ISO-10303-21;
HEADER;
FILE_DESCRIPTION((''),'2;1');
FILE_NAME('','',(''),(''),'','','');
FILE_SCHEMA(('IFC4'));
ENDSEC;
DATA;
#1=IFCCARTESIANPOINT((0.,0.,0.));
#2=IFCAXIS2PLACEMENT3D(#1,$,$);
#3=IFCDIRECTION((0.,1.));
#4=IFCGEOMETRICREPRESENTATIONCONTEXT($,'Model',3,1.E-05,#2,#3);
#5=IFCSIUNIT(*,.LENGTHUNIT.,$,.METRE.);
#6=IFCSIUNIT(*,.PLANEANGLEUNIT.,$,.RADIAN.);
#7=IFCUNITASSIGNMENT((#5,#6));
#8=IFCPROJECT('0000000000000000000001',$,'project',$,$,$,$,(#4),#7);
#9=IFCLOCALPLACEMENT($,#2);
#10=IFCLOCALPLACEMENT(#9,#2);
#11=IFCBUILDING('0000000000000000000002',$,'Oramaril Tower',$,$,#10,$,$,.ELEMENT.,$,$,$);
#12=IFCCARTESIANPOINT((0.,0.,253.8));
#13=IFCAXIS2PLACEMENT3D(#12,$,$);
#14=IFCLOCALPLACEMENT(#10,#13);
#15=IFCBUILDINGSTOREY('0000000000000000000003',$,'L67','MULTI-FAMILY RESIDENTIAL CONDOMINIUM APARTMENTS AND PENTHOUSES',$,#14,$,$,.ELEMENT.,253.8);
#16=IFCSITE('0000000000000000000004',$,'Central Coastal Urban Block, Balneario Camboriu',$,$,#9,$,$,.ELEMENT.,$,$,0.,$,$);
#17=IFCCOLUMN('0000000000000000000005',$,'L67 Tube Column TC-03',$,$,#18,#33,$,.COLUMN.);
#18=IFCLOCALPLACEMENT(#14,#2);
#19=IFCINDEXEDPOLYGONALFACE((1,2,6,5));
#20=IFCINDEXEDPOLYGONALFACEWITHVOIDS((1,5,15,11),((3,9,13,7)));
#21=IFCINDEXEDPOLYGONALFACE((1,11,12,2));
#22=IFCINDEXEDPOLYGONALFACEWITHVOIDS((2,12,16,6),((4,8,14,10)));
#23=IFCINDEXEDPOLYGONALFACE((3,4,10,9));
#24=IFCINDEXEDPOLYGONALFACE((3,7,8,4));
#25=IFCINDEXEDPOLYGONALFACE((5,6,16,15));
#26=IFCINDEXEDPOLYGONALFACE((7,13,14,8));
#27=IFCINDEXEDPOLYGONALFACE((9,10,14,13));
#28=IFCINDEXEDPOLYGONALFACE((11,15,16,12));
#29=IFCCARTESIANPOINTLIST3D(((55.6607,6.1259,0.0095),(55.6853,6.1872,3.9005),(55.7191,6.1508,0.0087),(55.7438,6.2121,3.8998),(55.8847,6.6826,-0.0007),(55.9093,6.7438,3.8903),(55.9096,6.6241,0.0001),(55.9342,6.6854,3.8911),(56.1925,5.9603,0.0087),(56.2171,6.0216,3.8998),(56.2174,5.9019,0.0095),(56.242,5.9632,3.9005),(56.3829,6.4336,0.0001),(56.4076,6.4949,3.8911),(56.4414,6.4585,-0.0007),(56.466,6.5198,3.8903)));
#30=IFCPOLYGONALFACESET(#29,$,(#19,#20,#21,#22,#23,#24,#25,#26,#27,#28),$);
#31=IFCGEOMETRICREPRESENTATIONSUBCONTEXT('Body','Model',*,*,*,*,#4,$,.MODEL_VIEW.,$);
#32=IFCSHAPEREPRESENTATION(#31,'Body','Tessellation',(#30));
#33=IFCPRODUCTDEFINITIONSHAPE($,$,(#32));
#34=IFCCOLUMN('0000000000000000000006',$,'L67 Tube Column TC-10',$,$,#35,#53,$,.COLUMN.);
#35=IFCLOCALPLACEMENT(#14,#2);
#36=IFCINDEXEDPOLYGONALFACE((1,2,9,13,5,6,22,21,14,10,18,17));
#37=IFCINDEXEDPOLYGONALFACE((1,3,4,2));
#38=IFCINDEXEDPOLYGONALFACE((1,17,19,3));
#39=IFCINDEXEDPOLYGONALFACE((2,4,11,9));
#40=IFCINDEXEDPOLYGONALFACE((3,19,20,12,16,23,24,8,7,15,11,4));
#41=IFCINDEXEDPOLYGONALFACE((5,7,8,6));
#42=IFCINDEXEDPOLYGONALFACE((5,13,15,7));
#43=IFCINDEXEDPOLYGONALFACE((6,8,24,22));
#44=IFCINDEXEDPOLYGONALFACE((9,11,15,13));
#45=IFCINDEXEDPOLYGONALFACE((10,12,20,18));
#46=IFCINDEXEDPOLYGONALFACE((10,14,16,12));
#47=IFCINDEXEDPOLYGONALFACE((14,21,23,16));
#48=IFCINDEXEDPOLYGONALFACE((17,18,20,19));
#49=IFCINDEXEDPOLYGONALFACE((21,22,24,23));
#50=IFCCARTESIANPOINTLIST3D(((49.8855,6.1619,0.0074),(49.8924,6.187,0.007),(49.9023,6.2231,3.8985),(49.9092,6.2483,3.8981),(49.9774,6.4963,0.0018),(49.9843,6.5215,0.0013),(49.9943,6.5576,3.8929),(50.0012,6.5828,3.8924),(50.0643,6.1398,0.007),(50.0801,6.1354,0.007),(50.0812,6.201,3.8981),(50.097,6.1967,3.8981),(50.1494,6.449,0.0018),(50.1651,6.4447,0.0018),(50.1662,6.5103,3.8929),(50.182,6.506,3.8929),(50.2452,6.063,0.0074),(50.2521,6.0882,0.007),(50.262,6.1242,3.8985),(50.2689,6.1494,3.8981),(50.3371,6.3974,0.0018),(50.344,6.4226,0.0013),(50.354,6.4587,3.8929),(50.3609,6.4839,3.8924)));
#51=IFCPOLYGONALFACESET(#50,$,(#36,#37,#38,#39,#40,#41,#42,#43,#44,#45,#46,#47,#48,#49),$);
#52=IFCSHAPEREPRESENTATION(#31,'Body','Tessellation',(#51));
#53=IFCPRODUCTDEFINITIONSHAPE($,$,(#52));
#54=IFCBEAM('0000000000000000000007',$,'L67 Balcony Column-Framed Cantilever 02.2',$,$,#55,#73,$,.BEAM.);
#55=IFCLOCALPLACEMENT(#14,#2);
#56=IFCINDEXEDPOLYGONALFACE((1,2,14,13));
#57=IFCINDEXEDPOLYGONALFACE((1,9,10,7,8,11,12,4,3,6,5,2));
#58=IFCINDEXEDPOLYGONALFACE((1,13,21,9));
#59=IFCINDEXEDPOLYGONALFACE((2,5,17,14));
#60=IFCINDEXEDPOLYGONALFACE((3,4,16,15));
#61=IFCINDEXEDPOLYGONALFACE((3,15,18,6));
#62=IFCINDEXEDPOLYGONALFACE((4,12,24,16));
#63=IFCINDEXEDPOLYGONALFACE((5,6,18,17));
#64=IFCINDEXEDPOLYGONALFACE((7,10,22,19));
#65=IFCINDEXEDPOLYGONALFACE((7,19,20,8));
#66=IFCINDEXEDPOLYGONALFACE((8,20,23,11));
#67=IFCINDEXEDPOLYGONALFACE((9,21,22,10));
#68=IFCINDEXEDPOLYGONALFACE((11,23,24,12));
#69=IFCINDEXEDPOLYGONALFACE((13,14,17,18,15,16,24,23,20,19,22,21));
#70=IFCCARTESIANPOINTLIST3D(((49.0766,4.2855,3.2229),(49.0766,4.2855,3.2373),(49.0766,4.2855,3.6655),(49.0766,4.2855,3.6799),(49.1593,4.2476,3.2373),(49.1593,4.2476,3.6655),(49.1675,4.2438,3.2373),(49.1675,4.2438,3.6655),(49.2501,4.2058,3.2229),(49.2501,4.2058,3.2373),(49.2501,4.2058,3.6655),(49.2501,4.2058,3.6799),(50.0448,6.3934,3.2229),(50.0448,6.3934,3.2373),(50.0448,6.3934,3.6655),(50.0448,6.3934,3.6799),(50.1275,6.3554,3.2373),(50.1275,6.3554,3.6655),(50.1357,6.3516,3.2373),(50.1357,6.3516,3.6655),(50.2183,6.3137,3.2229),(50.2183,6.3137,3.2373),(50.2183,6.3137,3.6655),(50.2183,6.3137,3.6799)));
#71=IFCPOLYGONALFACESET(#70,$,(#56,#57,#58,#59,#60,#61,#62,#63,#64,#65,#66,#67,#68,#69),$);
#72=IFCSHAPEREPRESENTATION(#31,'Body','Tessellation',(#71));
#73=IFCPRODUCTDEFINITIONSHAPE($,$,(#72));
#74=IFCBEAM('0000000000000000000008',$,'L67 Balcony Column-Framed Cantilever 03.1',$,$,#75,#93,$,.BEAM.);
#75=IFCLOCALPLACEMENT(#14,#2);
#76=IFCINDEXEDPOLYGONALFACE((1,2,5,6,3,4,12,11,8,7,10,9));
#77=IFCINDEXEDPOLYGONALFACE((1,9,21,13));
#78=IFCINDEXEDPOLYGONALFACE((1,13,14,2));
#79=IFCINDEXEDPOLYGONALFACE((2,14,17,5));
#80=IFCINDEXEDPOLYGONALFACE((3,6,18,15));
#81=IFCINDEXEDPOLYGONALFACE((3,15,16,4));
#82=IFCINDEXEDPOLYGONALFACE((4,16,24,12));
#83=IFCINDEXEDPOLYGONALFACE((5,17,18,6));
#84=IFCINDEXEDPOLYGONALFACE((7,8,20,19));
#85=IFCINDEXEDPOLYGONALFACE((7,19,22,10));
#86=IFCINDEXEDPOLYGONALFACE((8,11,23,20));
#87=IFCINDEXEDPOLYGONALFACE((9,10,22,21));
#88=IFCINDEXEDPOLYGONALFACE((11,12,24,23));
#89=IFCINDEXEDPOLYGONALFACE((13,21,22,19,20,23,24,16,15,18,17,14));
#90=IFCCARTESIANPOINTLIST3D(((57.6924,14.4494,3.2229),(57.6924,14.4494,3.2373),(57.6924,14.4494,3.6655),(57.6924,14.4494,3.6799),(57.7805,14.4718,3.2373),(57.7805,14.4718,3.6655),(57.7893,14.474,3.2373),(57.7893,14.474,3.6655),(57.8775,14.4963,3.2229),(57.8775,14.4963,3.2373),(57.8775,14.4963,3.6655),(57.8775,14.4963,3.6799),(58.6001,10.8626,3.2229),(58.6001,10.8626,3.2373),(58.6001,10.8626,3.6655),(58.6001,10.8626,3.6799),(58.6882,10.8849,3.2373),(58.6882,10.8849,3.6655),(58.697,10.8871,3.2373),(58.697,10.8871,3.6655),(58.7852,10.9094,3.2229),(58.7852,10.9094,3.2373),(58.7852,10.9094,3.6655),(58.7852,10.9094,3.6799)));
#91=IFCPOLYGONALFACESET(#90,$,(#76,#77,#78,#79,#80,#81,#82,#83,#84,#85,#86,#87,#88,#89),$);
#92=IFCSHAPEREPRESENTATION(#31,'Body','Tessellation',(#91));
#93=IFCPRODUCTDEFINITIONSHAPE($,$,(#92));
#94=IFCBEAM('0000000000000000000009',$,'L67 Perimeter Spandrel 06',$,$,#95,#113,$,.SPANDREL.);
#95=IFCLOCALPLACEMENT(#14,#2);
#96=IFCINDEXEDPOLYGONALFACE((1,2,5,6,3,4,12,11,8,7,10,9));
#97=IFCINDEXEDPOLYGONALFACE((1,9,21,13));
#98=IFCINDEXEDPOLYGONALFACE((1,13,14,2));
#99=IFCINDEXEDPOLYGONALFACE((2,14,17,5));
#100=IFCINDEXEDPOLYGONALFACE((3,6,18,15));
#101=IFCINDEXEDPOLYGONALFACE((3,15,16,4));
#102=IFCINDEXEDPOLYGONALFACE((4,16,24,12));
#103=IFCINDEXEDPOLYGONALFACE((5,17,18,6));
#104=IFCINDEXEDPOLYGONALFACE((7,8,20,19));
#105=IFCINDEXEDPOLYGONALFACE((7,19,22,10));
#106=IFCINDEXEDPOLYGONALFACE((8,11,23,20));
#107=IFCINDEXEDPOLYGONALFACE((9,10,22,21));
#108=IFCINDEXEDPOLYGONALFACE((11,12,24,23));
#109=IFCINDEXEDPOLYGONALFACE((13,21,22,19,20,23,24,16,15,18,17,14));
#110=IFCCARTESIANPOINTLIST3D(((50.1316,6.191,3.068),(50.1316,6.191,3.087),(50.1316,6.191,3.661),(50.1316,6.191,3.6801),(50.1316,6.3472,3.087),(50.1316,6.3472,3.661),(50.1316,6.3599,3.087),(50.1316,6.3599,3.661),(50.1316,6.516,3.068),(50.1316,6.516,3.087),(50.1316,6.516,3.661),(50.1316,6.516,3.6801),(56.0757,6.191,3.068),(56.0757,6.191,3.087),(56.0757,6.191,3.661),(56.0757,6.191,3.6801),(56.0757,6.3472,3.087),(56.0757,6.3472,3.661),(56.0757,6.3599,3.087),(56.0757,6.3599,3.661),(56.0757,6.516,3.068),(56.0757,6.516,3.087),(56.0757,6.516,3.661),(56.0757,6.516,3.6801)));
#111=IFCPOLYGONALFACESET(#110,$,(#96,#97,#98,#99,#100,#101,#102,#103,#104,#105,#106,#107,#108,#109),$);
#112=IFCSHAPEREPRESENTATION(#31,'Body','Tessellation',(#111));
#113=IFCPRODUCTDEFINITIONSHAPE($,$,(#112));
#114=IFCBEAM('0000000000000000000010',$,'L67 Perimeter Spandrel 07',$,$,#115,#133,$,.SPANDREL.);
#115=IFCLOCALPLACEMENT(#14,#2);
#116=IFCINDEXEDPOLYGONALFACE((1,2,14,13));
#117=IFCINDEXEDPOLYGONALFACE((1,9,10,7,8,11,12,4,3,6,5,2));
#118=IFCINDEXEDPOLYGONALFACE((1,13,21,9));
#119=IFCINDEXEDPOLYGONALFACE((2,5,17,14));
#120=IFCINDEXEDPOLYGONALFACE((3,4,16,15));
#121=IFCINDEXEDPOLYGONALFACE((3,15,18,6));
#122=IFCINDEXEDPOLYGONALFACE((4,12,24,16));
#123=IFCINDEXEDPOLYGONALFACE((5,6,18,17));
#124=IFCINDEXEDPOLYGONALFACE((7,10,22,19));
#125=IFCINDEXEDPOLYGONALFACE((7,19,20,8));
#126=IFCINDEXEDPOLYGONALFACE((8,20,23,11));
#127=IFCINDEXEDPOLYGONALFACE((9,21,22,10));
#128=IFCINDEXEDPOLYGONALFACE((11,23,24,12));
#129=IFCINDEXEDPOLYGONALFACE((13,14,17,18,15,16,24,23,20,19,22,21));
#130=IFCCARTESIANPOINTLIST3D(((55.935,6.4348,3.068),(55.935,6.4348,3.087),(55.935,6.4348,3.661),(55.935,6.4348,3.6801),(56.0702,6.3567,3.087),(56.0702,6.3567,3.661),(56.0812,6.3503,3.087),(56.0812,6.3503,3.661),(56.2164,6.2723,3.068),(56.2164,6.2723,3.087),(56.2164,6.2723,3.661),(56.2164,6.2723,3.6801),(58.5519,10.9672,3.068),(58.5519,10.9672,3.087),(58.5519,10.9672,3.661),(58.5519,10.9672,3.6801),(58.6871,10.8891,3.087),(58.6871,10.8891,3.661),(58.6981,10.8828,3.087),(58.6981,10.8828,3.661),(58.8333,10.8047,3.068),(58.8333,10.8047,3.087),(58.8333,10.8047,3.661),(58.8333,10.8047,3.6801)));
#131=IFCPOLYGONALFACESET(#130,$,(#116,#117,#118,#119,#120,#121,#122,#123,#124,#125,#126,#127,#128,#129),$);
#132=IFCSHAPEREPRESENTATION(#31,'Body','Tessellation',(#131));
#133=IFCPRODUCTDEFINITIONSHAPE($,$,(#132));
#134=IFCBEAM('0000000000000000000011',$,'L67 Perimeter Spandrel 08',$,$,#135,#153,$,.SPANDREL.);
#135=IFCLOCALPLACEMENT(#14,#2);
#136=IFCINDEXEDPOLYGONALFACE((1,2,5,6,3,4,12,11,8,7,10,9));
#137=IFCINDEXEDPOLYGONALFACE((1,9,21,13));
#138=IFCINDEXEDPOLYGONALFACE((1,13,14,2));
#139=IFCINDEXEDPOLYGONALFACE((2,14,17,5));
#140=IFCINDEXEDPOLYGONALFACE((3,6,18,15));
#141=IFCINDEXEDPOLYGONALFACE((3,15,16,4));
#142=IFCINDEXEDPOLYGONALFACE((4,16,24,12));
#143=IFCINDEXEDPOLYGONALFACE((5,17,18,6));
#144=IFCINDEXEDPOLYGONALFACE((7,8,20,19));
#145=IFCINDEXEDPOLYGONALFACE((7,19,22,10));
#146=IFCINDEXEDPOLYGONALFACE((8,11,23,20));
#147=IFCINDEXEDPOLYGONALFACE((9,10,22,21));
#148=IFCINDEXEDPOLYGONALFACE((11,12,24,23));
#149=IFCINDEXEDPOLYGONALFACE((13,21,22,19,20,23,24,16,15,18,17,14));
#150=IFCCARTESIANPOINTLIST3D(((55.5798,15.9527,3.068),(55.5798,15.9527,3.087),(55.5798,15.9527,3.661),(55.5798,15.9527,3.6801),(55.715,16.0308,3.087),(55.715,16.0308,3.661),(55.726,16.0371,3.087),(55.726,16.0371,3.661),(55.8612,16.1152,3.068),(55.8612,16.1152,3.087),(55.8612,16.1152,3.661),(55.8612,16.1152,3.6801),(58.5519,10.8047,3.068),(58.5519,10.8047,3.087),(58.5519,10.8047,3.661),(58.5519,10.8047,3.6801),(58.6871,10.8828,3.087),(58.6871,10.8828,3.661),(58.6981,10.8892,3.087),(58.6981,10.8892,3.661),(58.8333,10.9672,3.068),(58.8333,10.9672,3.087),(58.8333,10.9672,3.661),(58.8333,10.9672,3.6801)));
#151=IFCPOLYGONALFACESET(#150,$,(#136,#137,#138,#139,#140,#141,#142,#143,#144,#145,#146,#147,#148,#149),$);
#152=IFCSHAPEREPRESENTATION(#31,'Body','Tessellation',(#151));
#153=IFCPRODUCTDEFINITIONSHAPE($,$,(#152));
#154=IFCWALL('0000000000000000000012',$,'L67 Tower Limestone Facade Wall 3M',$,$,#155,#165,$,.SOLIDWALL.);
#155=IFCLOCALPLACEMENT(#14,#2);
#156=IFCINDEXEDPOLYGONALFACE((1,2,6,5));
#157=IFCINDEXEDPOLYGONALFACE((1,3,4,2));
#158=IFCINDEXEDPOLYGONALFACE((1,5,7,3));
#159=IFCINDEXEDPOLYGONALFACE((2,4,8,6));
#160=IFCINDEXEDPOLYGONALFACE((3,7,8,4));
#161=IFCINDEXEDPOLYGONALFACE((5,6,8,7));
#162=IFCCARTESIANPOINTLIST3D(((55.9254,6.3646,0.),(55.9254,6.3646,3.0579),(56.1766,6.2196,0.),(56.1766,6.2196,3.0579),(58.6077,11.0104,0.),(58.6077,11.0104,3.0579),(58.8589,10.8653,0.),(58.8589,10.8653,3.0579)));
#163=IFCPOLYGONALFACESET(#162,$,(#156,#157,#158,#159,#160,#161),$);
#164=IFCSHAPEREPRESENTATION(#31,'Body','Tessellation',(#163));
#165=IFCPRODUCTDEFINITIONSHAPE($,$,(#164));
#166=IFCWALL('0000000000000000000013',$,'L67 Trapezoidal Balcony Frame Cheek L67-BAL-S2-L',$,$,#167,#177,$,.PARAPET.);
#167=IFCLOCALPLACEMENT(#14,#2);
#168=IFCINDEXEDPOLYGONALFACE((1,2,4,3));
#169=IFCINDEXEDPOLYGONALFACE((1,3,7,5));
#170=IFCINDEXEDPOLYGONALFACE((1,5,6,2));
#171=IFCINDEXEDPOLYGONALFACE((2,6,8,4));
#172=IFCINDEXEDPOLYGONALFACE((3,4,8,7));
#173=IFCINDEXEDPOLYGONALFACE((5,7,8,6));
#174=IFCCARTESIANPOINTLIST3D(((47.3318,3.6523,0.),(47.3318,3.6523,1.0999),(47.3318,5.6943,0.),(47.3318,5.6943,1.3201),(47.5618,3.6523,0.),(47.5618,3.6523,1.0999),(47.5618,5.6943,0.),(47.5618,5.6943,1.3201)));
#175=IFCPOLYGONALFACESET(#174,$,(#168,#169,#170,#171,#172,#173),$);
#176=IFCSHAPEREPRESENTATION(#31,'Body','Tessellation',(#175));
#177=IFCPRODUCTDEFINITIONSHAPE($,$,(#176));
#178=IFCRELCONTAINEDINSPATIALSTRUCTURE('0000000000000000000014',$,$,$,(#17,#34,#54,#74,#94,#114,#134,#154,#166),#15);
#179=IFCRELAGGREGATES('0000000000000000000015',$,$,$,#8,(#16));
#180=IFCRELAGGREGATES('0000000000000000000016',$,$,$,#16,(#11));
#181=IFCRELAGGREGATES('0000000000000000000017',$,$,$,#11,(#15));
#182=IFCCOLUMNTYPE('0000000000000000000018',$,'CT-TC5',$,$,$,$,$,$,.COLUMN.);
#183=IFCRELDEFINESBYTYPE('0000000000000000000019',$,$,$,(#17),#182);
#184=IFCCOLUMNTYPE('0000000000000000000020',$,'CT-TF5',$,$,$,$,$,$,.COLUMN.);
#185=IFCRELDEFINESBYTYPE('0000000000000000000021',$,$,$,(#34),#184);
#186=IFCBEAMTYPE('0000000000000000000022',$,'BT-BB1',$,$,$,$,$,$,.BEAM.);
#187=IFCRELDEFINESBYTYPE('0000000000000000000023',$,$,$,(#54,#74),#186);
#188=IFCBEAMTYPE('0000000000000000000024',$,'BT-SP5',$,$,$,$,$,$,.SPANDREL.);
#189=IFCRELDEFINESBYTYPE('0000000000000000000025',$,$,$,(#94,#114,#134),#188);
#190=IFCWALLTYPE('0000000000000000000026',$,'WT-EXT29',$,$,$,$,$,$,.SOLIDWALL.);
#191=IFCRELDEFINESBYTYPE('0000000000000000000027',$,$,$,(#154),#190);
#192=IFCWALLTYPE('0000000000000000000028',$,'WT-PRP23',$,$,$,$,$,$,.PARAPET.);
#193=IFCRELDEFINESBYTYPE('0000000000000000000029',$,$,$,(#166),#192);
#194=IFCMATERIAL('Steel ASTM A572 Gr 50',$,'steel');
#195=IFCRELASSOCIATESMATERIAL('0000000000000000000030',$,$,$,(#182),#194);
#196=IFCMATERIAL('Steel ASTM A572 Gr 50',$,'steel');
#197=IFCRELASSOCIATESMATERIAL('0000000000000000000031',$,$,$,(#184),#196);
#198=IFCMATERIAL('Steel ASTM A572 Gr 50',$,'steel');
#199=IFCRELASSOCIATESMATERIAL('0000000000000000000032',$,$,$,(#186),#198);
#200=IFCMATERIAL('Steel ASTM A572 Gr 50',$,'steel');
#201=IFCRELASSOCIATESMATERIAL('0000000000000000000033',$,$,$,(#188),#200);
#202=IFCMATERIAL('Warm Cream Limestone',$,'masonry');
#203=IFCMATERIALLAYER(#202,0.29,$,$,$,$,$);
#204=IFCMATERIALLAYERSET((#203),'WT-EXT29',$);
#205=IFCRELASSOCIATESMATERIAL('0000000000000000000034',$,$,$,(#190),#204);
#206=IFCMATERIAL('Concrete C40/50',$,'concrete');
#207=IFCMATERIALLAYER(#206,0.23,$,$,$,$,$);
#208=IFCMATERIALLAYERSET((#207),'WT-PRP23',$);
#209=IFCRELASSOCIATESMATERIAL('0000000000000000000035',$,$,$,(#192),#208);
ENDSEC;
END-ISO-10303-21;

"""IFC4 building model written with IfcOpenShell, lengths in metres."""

from ifc_helpers import new_model, si_unit, direction, frame, frame_2d, origin, origin_2d, place, context, subcontext, project, spatial, polyline, rectangle, hollow_rectangle, i_section, outline, extrude, material, layer, layer_set, material_profile, profile_set, type_object, element, save


model = new_model("IFC4")

# Units and contexts
model_context = context("Model", 3, precision=1e-05, world=origin(), true_north=direction((0.0, 1.0)))
body_context = subcontext(model_context, "Body", "Model", "MODEL_VIEW")
ifc_project = project(units=[si_unit("LENGTHUNIT", "METRE"), si_unit("PLANEANGLEUNIT", "RADIAN")], contexts=[model_context])

# Site, building, storey
site_placement = place(None, origin())
site = spatial("IfcSite", under=ifc_project, at=site_placement, Name="Central Coastal Urban Block, Balneario Camboriu", CompositionType="ELEMENT", RefElevation=0.0)
building_placement = place(site_placement, origin())
building = spatial("IfcBuilding", under=site, at=building_placement, Name="Oramaril Tower", CompositionType="ELEMENT")
storey_placement = place(building_placement, frame((0.0, 0.0, 253.8)))
storey = spatial("IfcBuildingStorey", under=building, at=storey_placement, Name="L67", Description="MULTI-FAMILY RESIDENTIAL CONDOMINIUM APARTMENTS AND PENTHOUSES", CompositionType="ELEMENT", Elevation=253.8)

# Columns
ifc_material_1 = material(Name="Steel ASTM A572 Gr 50", Category="steel")
ifc_material_profile_1 = material_profile(ifc_material_1, hollow_rectangle(XDim=0.6001, YDim=0.6001, WallThickness=0.0449, at=origin_2d()), Name="BOX600X600X45")
ifc_profile_set_1 = profile_set([ifc_material_profile_1], Name="Steel ASTM A572 Gr 50")
column_type_1 = type_object("IfcColumnType", Name="CT-TC5", PredefinedType="COLUMN", material=ifc_profile_set_1)
column_1_placement = place(storey_placement, frame((56.051, 6.2922, 0.0044), z_axis=(0.006336, 0.015746, 0.999856), x_axis=(-0.92771, 0.373302, 0.0)))
element("IfcColumn", 1, at=column_1_placement, inside=storey, type_object=column_type_1, Name="L67 Tube Column TC-03", PredefinedType="COLUMN", context=body_context, shape_type="SweptSolid", body=[
    extrude(hollow_rectangle(XDim=0.6001, YDim=0.6001, WallThickness=0.0449, at=origin_2d()), origin(), (0.0, 0.0, 1.0), 3.8916),
])
ifc_material_2 = material(Name="Steel ASTM A572 Gr 50", Category="steel")
ifc_material_profile_2 = material_profile(ifc_material_2, i_section(OverallWidth=0.373, OverallDepth=0.373, WebThickness=0.0164, FlangeThickness=0.0261, at=origin_2d()), Name="W14X132")
ifc_profile_set_2 = profile_set([ifc_material_profile_2], Name="Steel ASTM A572 Gr 50")
column_type_2 = type_object("IfcColumnType", Name="CT-TF5", PredefinedType="COLUMN", material=ifc_profile_set_2)
column_2_placement = place(storey_placement, frame((50.1147, 6.2922, 0.0044), z_axis=(0.004329, 0.015746, 0.999867), x_axis=(-0.96423, 0.265067, 0.0)))
element("IfcColumn", 2, at=column_2_placement, inside=storey, type_object=column_type_2, Name="L67 Tube Column TC-10", PredefinedType="COLUMN", context=body_context, shape_type="SweptSolid", body=[
    extrude(i_section(OverallWidth=0.373, OverallDepth=0.373, WebThickness=0.0164, FlangeThickness=0.0261, at=origin_2d()), origin(), (0.0, 0.0, 1.0), 3.8916),
])

# Beams
ifc_material_3 = material(Name="Steel ASTM A572 Gr 50", Category="steel")
ifc_material_profile_3 = material_profile(ifc_material_3, i_section(OverallWidth=0.1909, OverallDepth=0.457, WebThickness=0.009, FlangeThickness=0.0144, at=origin_2d()), Name="W18X50")
ifc_profile_set_3 = profile_set([ifc_material_profile_3], Name="Steel ASTM A572 Gr 50")
beam_type_1 = type_object("IfcBeamType", Name="BT-BB1", PredefinedType="BEAM", material=ifc_profile_set_3)
beam_1_placement = place(storey_placement, frame((50.1316, 6.3535, 3.4514), z_axis=(-0.417416, -0.908716, 0.0), x_axis=(0.908716, -0.417416, 0.0)))
element("IfcBeam", 3, at=beam_1_placement, inside=storey, type_object=beam_type_1, Name="L67 Balcony Column-Framed Cantilever 02.2", PredefinedType="BEAM", context=body_context, shape_type="SweptSolid", body=[
    extrude(i_section(OverallWidth=0.1909, OverallDepth=0.457, WebThickness=0.009, FlangeThickness=0.0144, at=origin_2d()), origin(), (0.0, 0.0, 1.0), 2.3196),
])
beam_2_placement = place(storey_placement, frame((58.6926, 10.886, 3.4514), z_axis=(-0.245329, 0.96944, 0.0), x_axis=(-0.96944, -0.245329, 0.0)))
element("IfcBeam", 4, at=beam_2_placement, inside=storey, type_object=beam_type_1, Name="L67 Balcony Column-Framed Cantilever 03.1", PredefinedType="BEAM", context=body_context, shape_type="SweptSolid", body=[
    extrude(i_section(OverallWidth=0.1909, OverallDepth=0.457, WebThickness=0.009, FlangeThickness=0.0144, at=origin_2d()), origin(), (0.0, 0.0, 1.0), 3.7),
])
ifc_material_4 = material(Name="Steel ASTM A572 Gr 50", Category="steel")
ifc_material_profile_4 = material_profile(ifc_material_4, i_section(OverallWidth=0.325, OverallDepth=0.6121, WebThickness=0.0127, FlangeThickness=0.019, at=origin_2d()), Name="W24X104")
ifc_profile_set_4 = profile_set([ifc_material_profile_4], Name="Steel ASTM A572 Gr 50")
beam_type_2 = type_object("IfcBeamType", Name="BT-SP5", PredefinedType="SPANDREL", material=ifc_profile_set_4)
beam_3_placement = place(storey_placement, frame((50.1316, 6.3535, 3.374), z_axis=(1.0, 0.0, 0.0), x_axis=(0.0, 1.0, 0.0)))
element("IfcBeam", 5, at=beam_3_placement, inside=storey, type_object=beam_type_2, Name="L67 Perimeter Spandrel 06", PredefinedType="SPANDREL", context=body_context, shape_type="SweptSolid", body=[
    extrude(i_section(OverallWidth=0.325, OverallDepth=0.6121, WebThickness=0.0127, FlangeThickness=0.019, at=origin_2d()), origin(), (0.0, 0.0, 1.0), 5.9441),
])
beam_4_placement = place(storey_placement, frame((56.0757, 6.3535, 3.374), z_axis=(0.500017, 0.866015, 0.0), x_axis=(-0.866015, 0.500017, 0.0)))
element("IfcBeam", 6, at=beam_4_placement, inside=storey, type_object=beam_type_2, Name="L67 Perimeter Spandrel 07", PredefinedType="SPANDREL", context=body_context, shape_type="SweptSolid", body=[
    extrude(i_section(OverallWidth=0.325, OverallDepth=0.6121, WebThickness=0.0127, FlangeThickness=0.019, at=origin_2d()), origin(), (0.0, 0.0, 1.0), 5.2336),
])
beam_5_placement = place(storey_placement, frame((58.6926, 10.886, 3.374), z_axis=(-0.5, 0.866026, 0.0), x_axis=(-0.866026, -0.5, 0.0)))
element("IfcBeam", 7, at=beam_5_placement, inside=storey, type_object=beam_type_2, Name="L67 Perimeter Spandrel 08", PredefinedType="SPANDREL", context=body_context, shape_type="SweptSolid", body=[
    extrude(i_section(OverallWidth=0.325, OverallDepth=0.6121, WebThickness=0.0127, FlangeThickness=0.019, at=origin_2d()), origin(), (0.0, 0.0, 1.0), 5.9443),
])

# Walls
ifc_material_5 = material(Name="Warm Cream Limestone", Category="masonry")
ifc_layer_1 = layer(ifc_material_5, 0.29)
ifc_layer_set_1 = layer_set([ifc_layer_1], Name="WT-EXT29")
wall_type_1 = type_object("IfcWallType", Name="WT-EXT29", PredefinedType="SOLIDWALL", material=ifc_layer_set_1)
wall_1_placement = place(storey_placement, frame((56.051, 6.2922, 0.0), z_axis=(0.0, 0.0, 1.0), x_axis=(0.500021, 0.866014, 0.0)))
element("IfcWall", 8, at=wall_1_placement, inside=storey, type_object=wall_type_1, Name="L67 Tower Limestone Facade Wall 3M", PredefinedType="SOLIDWALL", context=body_context, shape_type="SweptSolid", body=[
    extrude(rectangle(XDim=5.3645, YDim=0.29, at=frame_2d((2.6821, 0.0))), origin(), (0.0, 0.0, 1.0), 3.0579),
])
ifc_material_6 = material(Name="Concrete C40/50", Category="concrete")
ifc_layer_2 = layer(ifc_material_6, 0.23)
ifc_layer_set_2 = layer_set([ifc_layer_2], Name="WT-PRP23")
wall_type_2 = type_object("IfcWallType", Name="WT-PRP23", PredefinedType="PARAPET", material=ifc_layer_set_2)
wall_2_placement = place(storey_placement, frame((47.4468, 5.6943, 0.0), z_axis=(0.0, 0.0, 1.0), x_axis=(0.0, -1.0, 0.0)))
element("IfcWall", 9, at=wall_2_placement, inside=storey, type_object=wall_type_2, Name="L67 Trapezoidal Balcony Frame Cheek L67-BAL-S2-L", PredefinedType="PARAPET", context=body_context, shape_type="SweptSolid", body=[
    extrude(outline(polyline([(0.0, 0.0), (2.042, 0.0), (2.042, 1.0999), (0.0, 1.3201), (0.0, 0.0)])), frame((0.0, 0.115, 0.0), z_axis=(0.0, -1.0, 0.0), x_axis=(1.0, 0.0, 0.0)), (0.0, 0.0, 1.0), 0.23),
])

save(model, "model.ifc")
